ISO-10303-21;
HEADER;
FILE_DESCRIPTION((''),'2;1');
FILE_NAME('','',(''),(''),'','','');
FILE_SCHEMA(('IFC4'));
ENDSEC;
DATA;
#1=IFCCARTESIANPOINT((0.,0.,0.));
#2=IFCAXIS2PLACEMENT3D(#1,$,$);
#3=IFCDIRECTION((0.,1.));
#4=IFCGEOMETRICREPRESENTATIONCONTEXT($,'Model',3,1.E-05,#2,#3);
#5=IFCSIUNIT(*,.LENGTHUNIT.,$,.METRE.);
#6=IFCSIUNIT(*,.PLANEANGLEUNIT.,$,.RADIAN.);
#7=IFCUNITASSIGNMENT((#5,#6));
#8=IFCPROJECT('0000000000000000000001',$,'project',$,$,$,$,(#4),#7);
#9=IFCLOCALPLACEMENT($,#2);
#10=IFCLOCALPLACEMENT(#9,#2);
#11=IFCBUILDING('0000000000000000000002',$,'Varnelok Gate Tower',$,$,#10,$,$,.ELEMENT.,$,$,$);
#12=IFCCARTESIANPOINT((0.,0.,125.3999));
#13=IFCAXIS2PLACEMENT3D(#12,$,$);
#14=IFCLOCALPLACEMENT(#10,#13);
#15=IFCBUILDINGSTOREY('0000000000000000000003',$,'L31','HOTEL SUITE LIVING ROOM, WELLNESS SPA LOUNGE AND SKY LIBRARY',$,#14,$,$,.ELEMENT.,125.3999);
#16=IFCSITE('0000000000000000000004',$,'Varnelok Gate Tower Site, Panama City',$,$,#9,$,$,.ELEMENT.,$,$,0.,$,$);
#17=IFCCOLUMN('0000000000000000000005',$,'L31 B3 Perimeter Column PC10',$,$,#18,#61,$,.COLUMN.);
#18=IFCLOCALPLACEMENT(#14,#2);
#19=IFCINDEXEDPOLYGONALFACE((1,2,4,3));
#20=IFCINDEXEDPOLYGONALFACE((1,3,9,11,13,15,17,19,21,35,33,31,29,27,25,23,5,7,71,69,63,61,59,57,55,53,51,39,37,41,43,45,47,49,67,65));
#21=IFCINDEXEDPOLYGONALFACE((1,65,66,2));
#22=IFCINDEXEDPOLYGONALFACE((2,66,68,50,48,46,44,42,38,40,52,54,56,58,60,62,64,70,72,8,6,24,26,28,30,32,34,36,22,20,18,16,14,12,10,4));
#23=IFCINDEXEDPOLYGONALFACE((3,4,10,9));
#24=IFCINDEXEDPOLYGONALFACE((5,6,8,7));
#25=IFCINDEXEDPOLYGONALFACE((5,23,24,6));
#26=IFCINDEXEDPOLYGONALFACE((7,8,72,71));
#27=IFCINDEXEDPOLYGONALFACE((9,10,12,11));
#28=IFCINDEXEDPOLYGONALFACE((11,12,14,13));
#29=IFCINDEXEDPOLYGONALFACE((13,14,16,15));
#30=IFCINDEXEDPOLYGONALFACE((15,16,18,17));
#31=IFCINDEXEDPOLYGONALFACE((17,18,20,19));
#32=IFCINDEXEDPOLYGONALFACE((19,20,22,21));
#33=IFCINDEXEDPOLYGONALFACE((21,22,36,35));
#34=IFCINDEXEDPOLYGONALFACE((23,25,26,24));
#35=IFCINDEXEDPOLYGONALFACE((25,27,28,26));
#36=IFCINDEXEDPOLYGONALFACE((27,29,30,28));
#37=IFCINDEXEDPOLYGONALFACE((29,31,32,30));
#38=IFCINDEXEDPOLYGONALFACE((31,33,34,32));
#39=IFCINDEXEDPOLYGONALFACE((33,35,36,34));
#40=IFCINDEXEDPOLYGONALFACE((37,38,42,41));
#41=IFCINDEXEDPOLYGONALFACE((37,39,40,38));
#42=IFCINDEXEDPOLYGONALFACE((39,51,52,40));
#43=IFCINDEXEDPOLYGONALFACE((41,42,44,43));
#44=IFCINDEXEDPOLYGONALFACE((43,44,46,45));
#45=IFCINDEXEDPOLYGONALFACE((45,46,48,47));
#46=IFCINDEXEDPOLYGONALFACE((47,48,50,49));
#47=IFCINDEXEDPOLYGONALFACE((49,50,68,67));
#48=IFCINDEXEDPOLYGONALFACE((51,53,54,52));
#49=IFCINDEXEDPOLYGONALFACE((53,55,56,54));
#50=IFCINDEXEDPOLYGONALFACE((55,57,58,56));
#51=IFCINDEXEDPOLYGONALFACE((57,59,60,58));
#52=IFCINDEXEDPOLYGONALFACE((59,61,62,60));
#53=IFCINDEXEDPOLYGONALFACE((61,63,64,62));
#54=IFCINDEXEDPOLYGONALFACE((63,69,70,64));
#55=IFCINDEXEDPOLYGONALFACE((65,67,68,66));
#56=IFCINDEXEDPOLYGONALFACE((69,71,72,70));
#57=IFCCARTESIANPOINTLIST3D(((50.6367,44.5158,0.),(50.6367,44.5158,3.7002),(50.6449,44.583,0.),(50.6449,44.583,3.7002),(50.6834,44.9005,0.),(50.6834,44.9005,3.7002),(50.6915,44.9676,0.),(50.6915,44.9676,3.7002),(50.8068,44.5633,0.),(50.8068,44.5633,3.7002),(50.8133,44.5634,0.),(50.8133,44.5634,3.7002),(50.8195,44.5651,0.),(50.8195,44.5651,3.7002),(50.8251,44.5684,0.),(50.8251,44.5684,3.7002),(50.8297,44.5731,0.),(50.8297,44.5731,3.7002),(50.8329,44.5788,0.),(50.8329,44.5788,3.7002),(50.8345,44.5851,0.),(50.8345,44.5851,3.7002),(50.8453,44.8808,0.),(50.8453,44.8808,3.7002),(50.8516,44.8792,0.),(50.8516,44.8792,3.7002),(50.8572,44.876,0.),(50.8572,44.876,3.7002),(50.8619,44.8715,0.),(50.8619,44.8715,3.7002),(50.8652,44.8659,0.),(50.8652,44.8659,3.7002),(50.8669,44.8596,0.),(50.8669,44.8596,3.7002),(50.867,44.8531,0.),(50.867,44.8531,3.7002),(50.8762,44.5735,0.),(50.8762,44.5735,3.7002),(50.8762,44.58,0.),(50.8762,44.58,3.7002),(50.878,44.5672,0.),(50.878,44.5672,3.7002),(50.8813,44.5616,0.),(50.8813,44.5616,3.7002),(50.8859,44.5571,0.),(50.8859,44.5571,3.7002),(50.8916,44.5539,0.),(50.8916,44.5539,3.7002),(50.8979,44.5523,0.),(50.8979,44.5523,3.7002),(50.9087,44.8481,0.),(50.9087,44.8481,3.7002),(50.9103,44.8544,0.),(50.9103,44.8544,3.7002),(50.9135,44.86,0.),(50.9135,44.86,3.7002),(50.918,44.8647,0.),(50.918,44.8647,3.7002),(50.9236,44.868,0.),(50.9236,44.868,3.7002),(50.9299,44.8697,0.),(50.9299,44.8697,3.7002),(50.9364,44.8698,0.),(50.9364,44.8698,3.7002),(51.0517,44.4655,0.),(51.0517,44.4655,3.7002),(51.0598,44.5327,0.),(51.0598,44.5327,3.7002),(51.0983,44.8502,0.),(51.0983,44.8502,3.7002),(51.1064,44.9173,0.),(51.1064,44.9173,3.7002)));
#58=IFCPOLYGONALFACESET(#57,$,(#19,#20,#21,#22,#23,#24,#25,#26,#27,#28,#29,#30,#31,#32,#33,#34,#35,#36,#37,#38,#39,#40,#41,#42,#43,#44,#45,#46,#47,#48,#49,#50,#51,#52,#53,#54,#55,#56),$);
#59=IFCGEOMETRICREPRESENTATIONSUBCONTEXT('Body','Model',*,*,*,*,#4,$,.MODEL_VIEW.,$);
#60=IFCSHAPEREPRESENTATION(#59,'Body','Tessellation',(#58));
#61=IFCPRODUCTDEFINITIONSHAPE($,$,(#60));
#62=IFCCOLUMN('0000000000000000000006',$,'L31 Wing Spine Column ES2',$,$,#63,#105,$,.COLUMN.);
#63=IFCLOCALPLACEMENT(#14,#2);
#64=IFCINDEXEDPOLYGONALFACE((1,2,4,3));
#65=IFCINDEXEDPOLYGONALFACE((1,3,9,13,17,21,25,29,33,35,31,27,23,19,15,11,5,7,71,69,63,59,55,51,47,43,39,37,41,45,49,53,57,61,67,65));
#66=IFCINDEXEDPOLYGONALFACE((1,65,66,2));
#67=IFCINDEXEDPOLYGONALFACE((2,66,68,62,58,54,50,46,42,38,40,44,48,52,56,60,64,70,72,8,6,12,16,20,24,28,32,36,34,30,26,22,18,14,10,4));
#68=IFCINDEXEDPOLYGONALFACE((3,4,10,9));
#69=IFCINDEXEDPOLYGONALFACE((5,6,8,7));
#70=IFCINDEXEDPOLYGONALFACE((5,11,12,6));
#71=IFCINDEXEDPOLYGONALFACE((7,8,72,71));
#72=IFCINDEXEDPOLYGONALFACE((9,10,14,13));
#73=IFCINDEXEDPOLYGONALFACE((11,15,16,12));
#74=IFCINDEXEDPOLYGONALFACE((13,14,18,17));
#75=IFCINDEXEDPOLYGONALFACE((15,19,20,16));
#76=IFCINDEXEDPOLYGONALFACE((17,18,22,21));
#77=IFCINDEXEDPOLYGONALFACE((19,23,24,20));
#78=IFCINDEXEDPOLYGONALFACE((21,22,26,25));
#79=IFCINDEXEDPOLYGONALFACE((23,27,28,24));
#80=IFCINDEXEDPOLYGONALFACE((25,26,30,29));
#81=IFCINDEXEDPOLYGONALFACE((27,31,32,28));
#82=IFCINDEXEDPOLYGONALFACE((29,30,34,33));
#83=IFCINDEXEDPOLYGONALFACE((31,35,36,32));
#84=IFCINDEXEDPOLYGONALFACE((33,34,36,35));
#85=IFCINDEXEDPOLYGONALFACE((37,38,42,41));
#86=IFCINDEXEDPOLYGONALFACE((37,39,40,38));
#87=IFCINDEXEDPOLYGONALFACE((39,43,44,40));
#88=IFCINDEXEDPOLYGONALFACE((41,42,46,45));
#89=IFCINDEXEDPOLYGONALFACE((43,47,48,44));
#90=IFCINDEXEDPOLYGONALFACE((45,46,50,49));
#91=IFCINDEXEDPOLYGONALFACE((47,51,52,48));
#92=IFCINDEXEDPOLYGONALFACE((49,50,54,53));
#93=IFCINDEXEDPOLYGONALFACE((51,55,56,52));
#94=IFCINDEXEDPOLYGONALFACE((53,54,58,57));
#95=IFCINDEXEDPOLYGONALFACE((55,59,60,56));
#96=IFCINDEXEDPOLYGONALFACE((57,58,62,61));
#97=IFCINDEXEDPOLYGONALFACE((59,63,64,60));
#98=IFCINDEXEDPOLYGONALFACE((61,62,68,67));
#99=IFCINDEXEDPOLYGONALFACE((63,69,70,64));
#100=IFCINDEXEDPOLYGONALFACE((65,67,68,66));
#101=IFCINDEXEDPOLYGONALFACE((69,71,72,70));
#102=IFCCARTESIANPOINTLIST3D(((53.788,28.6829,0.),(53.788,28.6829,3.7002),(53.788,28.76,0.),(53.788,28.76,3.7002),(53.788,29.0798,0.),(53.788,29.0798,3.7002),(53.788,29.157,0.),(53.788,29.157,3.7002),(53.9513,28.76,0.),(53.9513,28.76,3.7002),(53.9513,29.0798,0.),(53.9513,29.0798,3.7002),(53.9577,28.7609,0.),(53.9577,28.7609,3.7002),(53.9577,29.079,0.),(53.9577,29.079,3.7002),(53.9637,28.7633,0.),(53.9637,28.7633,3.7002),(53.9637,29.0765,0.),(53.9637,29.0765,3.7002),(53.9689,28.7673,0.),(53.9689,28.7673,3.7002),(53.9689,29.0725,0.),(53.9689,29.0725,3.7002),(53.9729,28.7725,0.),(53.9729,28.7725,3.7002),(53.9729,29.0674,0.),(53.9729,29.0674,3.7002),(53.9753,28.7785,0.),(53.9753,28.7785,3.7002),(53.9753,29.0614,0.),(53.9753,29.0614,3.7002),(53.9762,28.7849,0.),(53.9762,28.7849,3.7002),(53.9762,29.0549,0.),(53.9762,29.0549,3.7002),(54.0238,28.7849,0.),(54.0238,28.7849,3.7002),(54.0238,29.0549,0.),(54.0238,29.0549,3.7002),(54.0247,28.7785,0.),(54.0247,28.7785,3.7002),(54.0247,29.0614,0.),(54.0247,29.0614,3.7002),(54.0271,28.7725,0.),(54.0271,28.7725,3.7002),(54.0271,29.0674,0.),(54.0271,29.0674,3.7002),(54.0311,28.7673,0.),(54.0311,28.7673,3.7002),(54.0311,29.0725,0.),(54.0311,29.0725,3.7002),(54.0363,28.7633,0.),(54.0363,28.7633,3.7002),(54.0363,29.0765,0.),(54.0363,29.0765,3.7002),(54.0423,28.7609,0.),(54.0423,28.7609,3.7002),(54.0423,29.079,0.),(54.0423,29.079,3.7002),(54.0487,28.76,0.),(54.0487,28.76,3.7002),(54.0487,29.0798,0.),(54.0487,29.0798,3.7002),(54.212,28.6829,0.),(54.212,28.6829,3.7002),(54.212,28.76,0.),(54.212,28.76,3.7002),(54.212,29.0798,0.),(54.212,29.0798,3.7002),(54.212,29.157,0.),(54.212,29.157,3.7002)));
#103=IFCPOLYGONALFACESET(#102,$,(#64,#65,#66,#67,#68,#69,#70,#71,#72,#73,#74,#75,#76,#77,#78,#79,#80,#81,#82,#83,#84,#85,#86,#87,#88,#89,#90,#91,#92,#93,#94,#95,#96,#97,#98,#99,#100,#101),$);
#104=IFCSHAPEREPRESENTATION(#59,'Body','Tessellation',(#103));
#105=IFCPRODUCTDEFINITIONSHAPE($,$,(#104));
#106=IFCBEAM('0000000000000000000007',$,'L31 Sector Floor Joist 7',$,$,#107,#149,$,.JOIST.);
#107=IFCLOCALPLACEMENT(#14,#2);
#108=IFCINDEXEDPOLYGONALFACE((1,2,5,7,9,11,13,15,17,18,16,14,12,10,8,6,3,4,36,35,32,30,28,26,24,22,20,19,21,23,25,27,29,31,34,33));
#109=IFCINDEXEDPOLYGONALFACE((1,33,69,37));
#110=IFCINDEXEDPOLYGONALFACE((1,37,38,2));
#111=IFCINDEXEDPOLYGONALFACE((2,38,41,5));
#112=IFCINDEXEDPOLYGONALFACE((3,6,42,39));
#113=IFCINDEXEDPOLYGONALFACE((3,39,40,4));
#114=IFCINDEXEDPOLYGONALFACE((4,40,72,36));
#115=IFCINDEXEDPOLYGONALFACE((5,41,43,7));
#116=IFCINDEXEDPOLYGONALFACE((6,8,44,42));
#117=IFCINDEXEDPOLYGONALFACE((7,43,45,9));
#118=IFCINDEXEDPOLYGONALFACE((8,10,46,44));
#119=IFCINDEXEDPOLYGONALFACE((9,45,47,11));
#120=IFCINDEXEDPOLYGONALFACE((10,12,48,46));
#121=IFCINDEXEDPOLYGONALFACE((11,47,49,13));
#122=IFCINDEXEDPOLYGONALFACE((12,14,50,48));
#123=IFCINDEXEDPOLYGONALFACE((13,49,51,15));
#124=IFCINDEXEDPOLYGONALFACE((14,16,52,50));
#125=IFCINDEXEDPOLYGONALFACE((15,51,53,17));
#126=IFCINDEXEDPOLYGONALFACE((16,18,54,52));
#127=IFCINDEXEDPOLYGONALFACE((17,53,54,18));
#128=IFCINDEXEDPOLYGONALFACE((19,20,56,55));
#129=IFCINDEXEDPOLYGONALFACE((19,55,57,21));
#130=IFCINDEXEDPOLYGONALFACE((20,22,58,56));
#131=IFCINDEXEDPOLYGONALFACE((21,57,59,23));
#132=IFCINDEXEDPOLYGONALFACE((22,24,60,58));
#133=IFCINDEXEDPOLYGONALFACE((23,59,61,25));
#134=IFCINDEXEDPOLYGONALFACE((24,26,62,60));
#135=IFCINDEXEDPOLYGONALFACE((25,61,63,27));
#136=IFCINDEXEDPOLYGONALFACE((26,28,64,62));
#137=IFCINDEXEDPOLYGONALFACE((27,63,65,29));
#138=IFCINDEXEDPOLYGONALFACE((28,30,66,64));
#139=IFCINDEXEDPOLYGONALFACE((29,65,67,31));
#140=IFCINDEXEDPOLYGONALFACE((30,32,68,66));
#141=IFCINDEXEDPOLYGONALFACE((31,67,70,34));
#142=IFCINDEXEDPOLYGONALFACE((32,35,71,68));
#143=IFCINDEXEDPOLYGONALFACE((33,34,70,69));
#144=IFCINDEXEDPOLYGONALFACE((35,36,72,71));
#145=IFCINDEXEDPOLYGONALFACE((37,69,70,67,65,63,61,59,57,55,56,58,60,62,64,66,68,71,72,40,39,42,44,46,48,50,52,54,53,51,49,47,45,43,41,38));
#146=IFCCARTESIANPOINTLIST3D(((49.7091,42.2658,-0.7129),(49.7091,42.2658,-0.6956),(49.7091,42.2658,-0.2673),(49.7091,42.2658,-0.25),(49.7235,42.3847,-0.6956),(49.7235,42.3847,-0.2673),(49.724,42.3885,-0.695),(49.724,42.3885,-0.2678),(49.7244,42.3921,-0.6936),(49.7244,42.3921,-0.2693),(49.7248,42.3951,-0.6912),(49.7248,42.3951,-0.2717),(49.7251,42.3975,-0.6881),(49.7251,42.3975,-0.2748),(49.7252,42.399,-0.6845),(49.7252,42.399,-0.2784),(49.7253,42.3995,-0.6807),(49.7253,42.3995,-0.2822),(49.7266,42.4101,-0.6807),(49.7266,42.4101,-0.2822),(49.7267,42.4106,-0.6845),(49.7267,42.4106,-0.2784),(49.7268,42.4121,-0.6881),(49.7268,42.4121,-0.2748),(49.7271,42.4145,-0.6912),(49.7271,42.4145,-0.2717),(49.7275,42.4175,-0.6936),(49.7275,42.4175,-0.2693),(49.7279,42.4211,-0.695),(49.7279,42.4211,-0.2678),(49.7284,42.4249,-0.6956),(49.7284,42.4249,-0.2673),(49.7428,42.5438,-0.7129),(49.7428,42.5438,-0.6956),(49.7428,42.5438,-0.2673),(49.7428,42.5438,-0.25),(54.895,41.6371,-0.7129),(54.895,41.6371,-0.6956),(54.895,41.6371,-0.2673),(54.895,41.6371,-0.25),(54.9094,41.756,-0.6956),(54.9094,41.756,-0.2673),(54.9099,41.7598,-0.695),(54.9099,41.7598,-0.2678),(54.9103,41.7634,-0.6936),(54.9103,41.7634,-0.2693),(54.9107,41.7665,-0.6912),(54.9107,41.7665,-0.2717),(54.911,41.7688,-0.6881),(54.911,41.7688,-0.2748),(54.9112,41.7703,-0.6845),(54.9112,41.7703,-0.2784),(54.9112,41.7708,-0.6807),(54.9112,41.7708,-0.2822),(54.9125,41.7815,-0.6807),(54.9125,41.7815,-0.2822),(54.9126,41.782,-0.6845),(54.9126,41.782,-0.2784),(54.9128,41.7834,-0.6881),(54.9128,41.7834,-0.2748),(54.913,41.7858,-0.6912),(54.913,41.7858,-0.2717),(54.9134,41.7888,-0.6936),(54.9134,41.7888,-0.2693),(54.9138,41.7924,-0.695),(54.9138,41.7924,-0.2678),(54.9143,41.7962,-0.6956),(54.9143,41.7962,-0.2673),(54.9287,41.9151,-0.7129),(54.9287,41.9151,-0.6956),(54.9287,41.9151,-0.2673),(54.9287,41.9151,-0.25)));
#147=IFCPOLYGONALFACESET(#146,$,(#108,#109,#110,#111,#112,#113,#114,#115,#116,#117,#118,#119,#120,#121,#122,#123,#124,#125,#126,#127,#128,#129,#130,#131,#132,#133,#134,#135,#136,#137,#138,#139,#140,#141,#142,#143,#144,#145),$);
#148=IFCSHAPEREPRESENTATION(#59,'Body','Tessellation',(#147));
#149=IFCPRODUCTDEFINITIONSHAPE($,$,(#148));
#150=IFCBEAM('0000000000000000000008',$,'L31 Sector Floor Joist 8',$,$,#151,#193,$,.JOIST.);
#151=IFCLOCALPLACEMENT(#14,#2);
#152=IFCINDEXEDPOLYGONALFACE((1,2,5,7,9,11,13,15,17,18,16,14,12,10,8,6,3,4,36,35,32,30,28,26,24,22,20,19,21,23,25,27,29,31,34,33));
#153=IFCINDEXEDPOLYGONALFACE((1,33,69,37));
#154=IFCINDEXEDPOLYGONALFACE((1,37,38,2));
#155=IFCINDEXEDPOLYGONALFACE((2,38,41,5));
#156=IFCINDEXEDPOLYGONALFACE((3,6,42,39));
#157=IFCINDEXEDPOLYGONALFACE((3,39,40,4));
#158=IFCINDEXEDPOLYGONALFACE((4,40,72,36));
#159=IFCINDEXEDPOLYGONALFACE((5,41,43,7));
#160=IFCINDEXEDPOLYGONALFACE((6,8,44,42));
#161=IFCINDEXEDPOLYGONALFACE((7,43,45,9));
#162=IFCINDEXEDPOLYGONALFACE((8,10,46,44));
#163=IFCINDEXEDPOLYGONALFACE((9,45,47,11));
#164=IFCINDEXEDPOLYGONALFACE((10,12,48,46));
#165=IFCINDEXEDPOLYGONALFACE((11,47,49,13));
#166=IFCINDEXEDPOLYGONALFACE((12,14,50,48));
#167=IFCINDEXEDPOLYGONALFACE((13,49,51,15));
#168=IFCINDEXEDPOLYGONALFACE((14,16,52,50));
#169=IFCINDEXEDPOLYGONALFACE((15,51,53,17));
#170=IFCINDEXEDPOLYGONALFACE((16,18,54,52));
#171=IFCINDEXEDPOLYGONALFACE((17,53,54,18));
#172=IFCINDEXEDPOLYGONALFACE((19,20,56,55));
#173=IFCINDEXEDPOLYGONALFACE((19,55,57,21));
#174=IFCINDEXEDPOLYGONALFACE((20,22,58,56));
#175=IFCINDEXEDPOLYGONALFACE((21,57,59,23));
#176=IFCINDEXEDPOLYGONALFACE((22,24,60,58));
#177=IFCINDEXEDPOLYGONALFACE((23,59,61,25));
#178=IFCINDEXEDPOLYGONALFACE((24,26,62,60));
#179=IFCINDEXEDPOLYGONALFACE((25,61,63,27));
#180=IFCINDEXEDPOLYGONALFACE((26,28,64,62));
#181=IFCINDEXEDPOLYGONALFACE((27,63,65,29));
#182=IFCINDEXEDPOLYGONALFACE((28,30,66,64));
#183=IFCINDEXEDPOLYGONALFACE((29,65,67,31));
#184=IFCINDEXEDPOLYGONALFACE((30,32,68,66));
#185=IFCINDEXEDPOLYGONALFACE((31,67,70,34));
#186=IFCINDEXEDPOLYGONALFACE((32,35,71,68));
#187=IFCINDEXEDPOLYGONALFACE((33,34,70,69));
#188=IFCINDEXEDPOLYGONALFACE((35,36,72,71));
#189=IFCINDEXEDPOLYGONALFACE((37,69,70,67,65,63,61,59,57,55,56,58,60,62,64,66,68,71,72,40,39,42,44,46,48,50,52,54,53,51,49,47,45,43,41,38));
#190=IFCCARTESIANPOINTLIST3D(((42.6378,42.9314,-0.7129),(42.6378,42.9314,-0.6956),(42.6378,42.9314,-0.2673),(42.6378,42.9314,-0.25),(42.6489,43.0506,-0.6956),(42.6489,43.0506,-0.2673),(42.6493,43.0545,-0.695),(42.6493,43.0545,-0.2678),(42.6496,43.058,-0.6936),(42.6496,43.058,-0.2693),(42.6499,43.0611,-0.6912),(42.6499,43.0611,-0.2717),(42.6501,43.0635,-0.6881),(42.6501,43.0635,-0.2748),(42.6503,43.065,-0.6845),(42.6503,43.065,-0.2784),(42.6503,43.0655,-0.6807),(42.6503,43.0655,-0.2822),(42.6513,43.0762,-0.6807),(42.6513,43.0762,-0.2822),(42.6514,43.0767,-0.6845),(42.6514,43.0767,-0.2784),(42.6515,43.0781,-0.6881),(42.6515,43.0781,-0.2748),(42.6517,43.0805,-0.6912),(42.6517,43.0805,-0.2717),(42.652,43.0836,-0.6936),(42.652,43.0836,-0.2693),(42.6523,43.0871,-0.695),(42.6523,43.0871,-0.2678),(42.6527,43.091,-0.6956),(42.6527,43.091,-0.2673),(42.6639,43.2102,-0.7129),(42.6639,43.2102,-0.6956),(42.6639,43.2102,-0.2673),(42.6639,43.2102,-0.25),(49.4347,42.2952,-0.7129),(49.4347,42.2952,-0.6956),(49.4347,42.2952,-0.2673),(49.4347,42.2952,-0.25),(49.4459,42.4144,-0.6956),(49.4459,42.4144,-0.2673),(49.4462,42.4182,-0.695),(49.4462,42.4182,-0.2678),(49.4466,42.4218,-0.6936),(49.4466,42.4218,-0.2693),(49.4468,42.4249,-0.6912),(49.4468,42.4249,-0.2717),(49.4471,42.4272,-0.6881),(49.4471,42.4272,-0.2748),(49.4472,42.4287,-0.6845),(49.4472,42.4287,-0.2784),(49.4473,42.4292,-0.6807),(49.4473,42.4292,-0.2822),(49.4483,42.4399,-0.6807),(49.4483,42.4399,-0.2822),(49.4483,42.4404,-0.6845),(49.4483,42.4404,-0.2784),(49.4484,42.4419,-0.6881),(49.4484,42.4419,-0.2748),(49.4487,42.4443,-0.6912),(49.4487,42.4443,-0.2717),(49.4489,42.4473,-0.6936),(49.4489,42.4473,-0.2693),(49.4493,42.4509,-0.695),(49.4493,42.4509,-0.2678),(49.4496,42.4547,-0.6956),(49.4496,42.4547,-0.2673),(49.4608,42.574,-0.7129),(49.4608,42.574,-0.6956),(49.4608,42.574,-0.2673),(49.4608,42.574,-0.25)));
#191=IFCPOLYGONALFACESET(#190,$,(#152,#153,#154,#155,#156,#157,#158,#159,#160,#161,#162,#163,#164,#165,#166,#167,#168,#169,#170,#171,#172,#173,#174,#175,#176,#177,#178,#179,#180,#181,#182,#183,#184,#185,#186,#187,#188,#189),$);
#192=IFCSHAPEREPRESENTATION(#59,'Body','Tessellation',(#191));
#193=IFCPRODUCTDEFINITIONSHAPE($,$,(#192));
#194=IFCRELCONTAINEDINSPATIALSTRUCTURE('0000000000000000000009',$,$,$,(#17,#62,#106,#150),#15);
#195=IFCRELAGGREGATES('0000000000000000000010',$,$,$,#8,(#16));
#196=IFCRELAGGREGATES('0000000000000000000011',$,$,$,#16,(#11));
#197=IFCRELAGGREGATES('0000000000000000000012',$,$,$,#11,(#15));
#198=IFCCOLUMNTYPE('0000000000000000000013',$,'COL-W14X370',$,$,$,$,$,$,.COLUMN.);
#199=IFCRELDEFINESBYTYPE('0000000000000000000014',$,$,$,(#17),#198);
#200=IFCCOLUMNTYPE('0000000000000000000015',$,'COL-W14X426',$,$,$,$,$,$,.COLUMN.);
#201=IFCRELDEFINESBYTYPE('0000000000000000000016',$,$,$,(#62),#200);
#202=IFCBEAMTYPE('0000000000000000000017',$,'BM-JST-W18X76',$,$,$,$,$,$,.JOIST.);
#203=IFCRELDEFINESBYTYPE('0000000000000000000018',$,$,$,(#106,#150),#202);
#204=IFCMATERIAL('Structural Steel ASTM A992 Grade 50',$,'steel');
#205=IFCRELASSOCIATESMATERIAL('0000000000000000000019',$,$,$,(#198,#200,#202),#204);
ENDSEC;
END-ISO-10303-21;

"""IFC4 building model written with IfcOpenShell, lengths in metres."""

from ifc_helpers import new_model, si_unit, direction, frame, origin, origin_2d, place, context, subcontext, project, spatial, i_section, extrude, material, material_profile, profile_set, type_object, element, save


model = new_model("IFC4")

# Units and contexts
model_context = context("Model", 3, precision=1e-05, world=origin(), true_north=direction((0.0, 1.0)))
body_context = subcontext(model_context, "Body", "Model", "MODEL_VIEW")
ifc_project = project(units=[si_unit("LENGTHUNIT", "METRE"), si_unit("PLANEANGLEUNIT", "RADIAN")], contexts=[model_context])

# Site, building, storey
site_placement = place(None, origin())
site = spatial("IfcSite", under=ifc_project, at=site_placement, Name="Varnelok Gate Tower Site, Panama City", CompositionType="ELEMENT", RefElevation=0.0)
building_placement = place(site_placement, origin())
building = spatial("IfcBuilding", under=site, at=building_placement, Name="Varnelok Gate Tower", CompositionType="ELEMENT")
storey_placement = place(building_placement, frame((0.0, 0.0, 125.3999)))
storey = spatial("IfcBuildingStorey", under=building, at=storey_placement, Name="L31", Description="HOTEL SUITE LIVING ROOM, WELLNESS SPA LOUNGE AND SKY LIBRARY", CompositionType="ELEMENT", Elevation=125.3999)

# Columns
ifc_material_1 = material(Name="Structural Steel ASTM A992 Grade 50", Category="steel")
ifc_material_profile_1 = material_profile(ifc_material_1, i_section(OverallWidth=0.418, OverallDepth=0.4551, WebThickness=0.042, FlangeThickness=0.0676, FilletRadius=0.0249, at=origin_2d()), Name="W14X370")
ifc_profile_set_1 = profile_set([ifc_material_profile_1], Name="Structural Steel ASTM A992 Grade 50")
column_type_1 = type_object("IfcColumnType", Name="COL-W14X370", PredefinedType="COLUMN", material=ifc_profile_set_1)
column_1_placement = place(storey_placement, frame((50.8716, 44.7166, 0.0), z_axis=(0.0, 0.0, 1.0), x_axis=(0.992732, -0.120345, 0.0)))
element("IfcColumn", 1, at=column_1_placement, inside=storey, type_object=column_type_1, Name="L31 B3 Perimeter Column PC10", PredefinedType="COLUMN", context=body_context, shape_type="SweptSolid", body=[
    extrude(i_section(OverallWidth=0.418, OverallDepth=0.4551, WebThickness=0.042, FlangeThickness=0.0676, FilletRadius=0.0249, at=origin_2d()), origin(), (0.0, 0.0, 1.0), 3.7002),
])
ifc_material_profile_2 = material_profile(ifc_material_1, i_section(OverallWidth=0.4241, OverallDepth=0.4741, WebThickness=0.0476, FlangeThickness=0.0771, FilletRadius=0.0249, at=origin_2d()), Name="W14X426")
ifc_profile_set_2 = profile_set([ifc_material_profile_2], Name="Structural Steel ASTM A992 Grade 50")
column_type_2 = type_object("IfcColumnType", Name="COL-W14X426", PredefinedType="COLUMN", material=ifc_profile_set_2)
column_2_placement = place(storey_placement, frame((54.0, 28.9199, 0.0), z_axis=(0.0, 0.0, 1.0), x_axis=(1.0, 0.0, 0.0)))
element("IfcColumn", 2, at=column_2_placement, inside=storey, type_object=column_type_2, Name="L31 Wing Spine Column ES2", PredefinedType="COLUMN", context=body_context, shape_type="SweptSolid", body=[
    extrude(i_section(OverallWidth=0.4241, OverallDepth=0.4741, WebThickness=0.0476, FlangeThickness=0.0771, FilletRadius=0.0249, at=origin_2d()), origin(), (0.0, 0.0, 1.0), 3.7002),
])

# Beams
ifc_material_profile_3 = material_profile(ifc_material_1, i_section(OverallWidth=0.28, OverallDepth=0.4629, WebThickness=0.0107, FlangeThickness=0.0173, FilletRadius=0.0149, at=origin_2d()), Name="W18X76")
ifc_profile_set_3 = profile_set([ifc_material_profile_3], Name="Structural Steel ASTM A992 Grade 50")
beam_type_1 = type_object("IfcBeamType", Name="BM-JST-W18X76", PredefinedType="JOIST", material=ifc_profile_set_3)
beam_1_placement = place(storey_placement, frame((54.9119, 41.7761, -0.4814), z_axis=(-0.992732, 0.120347, 0.0), x_axis=(-0.120347, -0.992732, 0.0)))
element("IfcBeam", 3, at=beam_1_placement, inside=storey, type_object=beam_type_1, Name="L31 Sector Floor Joist 7", PredefinedType="JOIST", context=body_context, shape_type="SweptSolid", body=[
    extrude(i_section(OverallWidth=0.28, OverallDepth=0.4629, WebThickness=0.0107, FlangeThickness=0.0173, FilletRadius=0.0149, at=origin_2d()), origin(), (0.0, 0.0, 1.0), 5.2239),
])
beam_2_placement = place(storey_placement, frame((49.4478, 42.4346, -0.4814), z_axis=(-0.995648, 0.093199, 0.0), x_axis=(-0.093199, -0.995648, 0.0)))
element("IfcBeam", 4, at=beam_2_placement, inside=storey, type_object=beam_type_1, Name="L31 Sector Floor Joist 8", PredefinedType="JOIST", context=body_context, shape_type="SweptSolid", body=[
    extrude(i_section(OverallWidth=0.28, OverallDepth=0.4629, WebThickness=0.0107, FlangeThickness=0.0173, FilletRadius=0.0149, at=origin_2d()), origin(), (0.0, 0.0, 1.0), 6.8267),
])

save(model, "model.ifc")
